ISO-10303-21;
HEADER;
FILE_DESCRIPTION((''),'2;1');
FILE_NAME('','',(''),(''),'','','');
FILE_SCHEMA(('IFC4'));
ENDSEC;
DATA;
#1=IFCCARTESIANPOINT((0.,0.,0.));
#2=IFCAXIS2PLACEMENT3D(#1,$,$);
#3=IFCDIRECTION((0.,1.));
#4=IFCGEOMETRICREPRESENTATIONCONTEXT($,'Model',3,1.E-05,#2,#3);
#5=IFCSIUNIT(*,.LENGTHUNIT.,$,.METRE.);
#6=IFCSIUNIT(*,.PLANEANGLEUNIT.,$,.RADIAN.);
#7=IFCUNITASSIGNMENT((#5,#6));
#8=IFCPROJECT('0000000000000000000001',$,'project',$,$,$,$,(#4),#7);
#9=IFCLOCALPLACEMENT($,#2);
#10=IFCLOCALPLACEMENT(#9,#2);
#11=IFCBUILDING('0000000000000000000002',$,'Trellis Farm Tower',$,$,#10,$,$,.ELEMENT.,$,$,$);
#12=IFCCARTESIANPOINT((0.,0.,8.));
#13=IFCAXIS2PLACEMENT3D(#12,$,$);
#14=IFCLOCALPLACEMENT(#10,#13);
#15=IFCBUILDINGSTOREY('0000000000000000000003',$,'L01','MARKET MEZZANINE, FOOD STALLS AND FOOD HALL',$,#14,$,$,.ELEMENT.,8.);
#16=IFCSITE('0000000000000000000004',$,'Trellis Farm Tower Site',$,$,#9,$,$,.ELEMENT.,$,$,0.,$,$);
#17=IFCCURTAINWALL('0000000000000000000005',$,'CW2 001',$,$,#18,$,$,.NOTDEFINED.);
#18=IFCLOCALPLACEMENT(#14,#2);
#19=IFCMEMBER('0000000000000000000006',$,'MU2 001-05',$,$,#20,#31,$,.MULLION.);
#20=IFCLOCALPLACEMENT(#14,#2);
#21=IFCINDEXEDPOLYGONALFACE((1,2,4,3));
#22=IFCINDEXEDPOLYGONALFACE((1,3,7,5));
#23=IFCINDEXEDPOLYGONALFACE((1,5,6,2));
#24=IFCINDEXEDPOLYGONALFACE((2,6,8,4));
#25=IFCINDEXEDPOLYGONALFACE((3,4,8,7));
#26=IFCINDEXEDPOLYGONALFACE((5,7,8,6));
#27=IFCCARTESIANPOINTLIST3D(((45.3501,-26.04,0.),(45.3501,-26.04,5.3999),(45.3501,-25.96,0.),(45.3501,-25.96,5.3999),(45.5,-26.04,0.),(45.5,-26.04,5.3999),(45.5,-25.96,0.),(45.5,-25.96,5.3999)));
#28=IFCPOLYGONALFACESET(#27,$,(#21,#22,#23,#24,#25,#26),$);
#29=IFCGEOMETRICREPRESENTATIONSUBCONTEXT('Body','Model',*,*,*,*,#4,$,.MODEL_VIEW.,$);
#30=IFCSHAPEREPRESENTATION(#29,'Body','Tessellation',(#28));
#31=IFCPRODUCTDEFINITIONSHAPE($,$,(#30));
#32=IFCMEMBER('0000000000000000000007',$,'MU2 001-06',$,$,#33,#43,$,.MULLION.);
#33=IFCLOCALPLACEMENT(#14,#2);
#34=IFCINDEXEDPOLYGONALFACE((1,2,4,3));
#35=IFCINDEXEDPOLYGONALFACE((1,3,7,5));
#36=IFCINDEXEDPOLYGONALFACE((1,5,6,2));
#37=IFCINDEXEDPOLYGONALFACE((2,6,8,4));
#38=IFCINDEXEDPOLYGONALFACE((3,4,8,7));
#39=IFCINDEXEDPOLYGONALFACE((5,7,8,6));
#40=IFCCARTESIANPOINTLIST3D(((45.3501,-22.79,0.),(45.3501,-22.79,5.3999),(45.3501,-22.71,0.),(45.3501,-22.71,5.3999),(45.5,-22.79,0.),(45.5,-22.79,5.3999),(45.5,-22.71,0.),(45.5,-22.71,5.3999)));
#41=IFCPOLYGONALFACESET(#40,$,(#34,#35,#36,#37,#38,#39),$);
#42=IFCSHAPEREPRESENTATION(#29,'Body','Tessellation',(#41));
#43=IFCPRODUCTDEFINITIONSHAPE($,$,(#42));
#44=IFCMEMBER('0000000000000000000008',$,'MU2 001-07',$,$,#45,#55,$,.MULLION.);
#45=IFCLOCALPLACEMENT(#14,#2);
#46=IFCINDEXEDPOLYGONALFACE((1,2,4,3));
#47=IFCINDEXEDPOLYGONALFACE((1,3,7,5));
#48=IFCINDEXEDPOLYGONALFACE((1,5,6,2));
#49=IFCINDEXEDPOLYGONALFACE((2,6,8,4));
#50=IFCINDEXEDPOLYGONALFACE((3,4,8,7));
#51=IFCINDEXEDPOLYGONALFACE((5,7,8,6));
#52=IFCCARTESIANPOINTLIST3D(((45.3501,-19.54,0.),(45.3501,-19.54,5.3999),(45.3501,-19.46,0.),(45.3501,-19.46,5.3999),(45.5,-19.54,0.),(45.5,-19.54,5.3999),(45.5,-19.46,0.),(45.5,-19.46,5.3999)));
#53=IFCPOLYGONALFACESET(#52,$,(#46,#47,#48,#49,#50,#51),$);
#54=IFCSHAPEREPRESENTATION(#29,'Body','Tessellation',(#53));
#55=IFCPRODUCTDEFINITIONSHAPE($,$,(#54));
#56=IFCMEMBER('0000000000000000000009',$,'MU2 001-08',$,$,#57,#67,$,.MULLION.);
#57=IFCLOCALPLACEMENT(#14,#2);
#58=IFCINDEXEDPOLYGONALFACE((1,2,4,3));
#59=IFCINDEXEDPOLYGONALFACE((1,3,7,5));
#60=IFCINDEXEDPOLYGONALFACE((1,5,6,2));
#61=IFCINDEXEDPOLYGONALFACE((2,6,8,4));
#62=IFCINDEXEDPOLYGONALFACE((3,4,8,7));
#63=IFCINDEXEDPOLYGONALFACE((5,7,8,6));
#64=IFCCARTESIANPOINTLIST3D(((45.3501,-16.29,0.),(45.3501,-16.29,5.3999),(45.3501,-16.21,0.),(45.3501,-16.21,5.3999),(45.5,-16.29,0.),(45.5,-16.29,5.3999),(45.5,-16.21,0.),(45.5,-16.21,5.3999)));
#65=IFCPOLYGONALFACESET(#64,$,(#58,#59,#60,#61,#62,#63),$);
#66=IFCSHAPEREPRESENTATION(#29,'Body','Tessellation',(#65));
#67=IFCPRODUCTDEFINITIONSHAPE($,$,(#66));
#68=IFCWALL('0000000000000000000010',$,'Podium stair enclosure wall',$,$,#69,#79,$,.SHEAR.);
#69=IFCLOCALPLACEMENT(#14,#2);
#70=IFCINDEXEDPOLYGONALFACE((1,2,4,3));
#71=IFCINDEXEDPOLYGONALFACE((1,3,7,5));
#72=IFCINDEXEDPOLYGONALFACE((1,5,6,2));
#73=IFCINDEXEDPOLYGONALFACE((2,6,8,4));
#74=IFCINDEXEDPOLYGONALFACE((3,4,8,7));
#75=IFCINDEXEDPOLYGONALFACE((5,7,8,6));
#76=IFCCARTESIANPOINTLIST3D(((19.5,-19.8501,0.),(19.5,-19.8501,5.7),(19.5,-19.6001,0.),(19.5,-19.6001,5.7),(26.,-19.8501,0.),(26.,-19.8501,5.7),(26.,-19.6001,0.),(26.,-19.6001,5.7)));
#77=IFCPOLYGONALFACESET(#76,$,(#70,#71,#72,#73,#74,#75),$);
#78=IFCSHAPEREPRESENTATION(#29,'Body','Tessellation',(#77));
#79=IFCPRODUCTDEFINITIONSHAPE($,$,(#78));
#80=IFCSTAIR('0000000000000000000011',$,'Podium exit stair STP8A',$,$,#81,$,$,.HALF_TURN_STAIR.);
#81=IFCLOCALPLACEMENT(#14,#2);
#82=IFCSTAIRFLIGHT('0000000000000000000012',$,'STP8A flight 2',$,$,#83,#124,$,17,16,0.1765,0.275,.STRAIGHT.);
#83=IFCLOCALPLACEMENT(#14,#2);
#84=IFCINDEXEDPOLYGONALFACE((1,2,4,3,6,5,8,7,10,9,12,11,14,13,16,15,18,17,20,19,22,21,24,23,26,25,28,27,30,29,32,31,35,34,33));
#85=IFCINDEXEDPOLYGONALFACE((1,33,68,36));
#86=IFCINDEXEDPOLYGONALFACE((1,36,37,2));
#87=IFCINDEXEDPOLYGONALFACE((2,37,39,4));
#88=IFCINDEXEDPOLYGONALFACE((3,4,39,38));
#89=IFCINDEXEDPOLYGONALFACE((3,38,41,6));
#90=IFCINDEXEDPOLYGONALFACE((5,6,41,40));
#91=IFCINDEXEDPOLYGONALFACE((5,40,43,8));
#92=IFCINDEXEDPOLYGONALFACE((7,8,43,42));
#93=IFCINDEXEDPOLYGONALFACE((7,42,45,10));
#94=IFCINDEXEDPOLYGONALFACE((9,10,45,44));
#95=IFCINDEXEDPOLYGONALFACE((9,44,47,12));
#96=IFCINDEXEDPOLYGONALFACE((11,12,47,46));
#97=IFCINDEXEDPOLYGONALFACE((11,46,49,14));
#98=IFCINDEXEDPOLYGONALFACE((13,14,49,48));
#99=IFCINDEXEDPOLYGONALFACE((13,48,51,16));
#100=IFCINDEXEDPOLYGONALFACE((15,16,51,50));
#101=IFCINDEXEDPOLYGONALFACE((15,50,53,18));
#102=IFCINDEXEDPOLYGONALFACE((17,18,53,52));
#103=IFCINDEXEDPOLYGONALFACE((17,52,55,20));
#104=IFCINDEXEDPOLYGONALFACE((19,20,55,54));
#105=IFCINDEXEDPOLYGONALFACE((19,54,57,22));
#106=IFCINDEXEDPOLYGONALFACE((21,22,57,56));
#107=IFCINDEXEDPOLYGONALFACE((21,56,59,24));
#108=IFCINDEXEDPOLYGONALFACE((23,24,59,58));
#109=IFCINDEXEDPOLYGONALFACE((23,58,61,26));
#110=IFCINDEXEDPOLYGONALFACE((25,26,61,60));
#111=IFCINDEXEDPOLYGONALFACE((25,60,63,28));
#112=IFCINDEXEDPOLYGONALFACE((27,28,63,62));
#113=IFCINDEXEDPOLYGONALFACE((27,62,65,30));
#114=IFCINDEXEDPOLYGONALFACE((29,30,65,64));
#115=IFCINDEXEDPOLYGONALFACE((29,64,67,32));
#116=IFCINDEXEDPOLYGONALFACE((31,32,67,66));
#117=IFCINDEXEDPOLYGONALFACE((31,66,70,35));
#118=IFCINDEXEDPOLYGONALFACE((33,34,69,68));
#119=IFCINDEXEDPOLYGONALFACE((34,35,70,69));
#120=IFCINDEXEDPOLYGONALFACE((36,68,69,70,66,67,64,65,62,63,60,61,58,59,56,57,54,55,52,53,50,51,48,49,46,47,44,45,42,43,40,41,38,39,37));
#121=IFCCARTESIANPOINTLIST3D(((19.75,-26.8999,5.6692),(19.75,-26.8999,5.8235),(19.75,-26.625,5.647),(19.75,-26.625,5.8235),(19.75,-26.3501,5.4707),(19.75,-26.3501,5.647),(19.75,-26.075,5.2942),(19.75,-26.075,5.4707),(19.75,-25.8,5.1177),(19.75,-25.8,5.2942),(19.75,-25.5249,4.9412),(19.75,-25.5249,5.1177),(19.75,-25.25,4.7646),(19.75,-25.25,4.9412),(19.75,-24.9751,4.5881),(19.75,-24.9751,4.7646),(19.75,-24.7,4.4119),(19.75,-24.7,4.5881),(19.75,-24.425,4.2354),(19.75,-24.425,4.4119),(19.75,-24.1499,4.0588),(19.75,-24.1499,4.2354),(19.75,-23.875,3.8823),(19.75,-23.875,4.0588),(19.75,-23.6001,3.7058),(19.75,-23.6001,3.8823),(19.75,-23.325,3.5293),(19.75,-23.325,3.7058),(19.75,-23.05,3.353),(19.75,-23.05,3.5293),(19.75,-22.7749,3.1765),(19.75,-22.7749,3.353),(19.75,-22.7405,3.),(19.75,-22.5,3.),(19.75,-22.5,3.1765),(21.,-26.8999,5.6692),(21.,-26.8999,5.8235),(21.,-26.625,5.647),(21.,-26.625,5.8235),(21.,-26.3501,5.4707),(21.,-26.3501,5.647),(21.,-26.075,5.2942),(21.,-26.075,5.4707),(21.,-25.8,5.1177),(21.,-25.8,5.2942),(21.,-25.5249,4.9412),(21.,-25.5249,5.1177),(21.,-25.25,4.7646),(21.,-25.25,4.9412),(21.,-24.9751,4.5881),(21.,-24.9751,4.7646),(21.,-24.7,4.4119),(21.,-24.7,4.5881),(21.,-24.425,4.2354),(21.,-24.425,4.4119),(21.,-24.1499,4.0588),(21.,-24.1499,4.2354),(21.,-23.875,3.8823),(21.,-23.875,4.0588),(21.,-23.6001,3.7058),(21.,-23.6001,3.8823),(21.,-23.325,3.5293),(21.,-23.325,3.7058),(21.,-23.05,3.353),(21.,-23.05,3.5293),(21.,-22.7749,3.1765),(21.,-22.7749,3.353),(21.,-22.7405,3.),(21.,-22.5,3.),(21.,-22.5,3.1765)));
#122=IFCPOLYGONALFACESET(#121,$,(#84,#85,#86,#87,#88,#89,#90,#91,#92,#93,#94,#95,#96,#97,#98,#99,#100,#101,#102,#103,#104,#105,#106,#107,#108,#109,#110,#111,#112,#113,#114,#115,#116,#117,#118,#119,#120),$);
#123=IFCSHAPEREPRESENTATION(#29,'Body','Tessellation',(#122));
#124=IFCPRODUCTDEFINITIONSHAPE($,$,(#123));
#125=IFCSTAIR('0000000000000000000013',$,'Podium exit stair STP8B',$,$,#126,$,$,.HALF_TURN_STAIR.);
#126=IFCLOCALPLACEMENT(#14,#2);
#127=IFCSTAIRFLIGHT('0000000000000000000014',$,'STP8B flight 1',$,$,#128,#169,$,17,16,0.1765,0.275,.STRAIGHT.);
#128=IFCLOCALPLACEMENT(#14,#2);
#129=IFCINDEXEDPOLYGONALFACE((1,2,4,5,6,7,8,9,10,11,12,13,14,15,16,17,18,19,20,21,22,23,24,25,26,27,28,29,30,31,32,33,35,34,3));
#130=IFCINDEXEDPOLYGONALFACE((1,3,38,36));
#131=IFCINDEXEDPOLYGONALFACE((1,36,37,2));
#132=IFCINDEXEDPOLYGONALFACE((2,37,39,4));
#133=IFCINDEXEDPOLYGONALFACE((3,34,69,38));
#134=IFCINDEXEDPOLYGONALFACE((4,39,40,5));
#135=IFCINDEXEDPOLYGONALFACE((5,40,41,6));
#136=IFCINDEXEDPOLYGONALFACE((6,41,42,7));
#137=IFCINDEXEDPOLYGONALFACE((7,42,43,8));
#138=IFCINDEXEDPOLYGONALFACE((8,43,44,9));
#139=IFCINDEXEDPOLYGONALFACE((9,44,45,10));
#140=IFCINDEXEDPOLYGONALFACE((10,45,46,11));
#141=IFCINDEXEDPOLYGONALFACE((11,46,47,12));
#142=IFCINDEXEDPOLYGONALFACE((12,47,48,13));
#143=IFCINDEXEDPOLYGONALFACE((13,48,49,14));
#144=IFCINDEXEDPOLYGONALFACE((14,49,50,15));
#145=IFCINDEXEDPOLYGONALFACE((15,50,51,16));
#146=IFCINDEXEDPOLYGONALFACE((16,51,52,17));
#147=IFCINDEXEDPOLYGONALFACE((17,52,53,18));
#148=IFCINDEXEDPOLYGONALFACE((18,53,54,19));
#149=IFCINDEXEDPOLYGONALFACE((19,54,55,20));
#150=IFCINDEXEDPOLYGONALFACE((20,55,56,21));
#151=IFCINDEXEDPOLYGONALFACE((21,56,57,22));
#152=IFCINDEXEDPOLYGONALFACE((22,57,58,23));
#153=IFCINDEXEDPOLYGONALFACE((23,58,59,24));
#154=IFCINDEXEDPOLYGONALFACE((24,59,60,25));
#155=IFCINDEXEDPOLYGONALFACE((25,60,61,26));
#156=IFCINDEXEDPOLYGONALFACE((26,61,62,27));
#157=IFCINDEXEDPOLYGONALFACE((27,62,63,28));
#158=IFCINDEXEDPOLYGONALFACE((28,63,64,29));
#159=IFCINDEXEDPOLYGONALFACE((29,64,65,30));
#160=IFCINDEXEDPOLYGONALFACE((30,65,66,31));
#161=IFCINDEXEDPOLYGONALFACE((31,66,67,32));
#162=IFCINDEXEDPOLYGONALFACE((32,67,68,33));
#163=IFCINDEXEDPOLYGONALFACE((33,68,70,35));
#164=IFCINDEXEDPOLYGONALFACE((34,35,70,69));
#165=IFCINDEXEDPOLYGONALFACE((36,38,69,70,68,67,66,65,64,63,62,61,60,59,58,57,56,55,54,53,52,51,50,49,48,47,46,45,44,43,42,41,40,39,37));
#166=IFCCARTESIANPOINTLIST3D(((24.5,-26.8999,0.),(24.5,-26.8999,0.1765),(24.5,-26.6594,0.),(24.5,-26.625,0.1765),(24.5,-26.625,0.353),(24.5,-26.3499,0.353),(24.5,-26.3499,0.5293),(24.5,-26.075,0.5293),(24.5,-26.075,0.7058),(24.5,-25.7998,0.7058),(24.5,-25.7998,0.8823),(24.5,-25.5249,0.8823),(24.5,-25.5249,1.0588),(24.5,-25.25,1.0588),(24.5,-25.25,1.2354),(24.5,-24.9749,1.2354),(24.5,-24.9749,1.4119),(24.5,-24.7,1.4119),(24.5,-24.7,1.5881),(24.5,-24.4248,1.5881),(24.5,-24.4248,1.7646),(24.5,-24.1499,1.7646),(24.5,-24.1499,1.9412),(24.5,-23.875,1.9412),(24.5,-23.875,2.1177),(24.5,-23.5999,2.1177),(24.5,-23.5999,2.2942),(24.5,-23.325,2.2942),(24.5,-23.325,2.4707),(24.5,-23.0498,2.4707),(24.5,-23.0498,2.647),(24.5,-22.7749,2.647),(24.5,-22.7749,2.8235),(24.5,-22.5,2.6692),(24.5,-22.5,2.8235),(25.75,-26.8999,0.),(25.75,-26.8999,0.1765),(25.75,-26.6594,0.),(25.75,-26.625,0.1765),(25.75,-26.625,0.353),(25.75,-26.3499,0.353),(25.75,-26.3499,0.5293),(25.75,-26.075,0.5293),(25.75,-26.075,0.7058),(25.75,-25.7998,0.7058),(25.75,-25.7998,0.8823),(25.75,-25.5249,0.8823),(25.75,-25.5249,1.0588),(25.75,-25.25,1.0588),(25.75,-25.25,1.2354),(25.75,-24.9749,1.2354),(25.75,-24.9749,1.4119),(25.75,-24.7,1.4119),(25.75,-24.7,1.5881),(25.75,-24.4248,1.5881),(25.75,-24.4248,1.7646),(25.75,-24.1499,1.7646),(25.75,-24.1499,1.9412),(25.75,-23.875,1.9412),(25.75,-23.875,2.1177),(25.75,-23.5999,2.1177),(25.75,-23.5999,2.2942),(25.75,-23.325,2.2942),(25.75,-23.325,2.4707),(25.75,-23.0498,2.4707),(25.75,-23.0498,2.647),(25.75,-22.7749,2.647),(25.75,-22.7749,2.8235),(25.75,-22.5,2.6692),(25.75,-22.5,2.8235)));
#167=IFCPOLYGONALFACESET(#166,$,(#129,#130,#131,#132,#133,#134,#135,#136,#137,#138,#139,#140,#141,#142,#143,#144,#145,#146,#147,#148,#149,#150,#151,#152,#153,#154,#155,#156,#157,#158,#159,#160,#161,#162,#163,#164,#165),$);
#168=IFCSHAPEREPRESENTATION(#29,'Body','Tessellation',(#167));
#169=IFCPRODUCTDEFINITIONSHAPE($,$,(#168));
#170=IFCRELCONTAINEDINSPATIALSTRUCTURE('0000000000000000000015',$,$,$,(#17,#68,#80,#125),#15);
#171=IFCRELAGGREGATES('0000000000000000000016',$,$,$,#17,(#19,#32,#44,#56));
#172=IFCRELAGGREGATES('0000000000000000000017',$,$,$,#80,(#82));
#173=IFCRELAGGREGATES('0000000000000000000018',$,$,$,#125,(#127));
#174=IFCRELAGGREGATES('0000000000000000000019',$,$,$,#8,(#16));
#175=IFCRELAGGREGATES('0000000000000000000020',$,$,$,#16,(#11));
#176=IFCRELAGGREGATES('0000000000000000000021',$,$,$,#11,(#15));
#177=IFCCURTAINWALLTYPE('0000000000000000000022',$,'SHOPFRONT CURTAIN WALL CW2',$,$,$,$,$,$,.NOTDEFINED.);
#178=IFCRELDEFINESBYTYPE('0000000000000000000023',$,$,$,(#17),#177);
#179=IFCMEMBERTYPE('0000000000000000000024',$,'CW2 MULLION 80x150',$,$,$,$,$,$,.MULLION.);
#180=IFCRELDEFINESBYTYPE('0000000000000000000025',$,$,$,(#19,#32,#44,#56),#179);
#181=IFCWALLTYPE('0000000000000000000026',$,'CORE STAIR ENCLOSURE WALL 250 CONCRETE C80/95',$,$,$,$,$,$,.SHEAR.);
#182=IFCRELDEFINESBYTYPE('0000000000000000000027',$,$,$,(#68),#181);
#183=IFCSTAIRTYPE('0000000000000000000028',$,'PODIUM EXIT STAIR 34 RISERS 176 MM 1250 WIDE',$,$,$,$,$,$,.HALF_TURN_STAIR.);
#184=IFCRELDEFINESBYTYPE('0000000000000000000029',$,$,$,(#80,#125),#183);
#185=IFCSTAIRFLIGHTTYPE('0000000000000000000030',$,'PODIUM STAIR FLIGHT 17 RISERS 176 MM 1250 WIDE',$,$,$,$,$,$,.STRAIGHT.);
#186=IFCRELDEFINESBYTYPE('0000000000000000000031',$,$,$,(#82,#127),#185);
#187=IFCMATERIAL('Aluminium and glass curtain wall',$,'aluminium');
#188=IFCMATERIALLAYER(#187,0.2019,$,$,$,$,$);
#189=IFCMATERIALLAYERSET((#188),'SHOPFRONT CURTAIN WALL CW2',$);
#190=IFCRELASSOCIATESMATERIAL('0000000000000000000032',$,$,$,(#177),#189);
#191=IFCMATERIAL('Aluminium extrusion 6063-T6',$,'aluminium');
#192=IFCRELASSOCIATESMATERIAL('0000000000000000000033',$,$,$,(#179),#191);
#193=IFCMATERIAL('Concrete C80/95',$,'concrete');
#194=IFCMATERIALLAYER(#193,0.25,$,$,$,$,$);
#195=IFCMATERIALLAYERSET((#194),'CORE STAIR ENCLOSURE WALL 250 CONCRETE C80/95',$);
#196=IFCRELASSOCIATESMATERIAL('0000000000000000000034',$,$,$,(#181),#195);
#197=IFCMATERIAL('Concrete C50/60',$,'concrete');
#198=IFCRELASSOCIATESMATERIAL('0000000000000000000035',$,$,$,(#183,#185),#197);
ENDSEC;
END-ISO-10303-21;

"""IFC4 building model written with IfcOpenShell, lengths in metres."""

from ifc_helpers import new_model, si_unit, direction, frame, frame_2d, origin, origin_2d, place, context, subcontext, project, spatial, polyline, rectangle, outline, extrude, source, transform, mapped, material, layer, layer_set, material_profile, profile_set, type_object, element, aggregate, save


model = new_model("IFC4")

# Units and contexts
model_context = context("Model", 3, precision=1e-05, world=origin(), true_north=direction((0.0, 1.0)))
body_context = subcontext(model_context, "Body", "Model", "MODEL_VIEW")
ifc_project = project(units=[si_unit("LENGTHUNIT", "METRE"), si_unit("PLANEANGLEUNIT", "RADIAN")], contexts=[model_context])

# Site, building, storey
site_placement = place(None, origin())
site = spatial("IfcSite", under=ifc_project, at=site_placement, Name="Trellis Farm Tower Site", CompositionType="ELEMENT", RefElevation=0.0)
building_placement = place(site_placement, origin())
building = spatial("IfcBuilding", under=site, at=building_placement, Name="Trellis Farm Tower", CompositionType="ELEMENT")
storey_placement = place(building_placement, frame((0.0, 0.0, 8.0)))
storey = spatial("IfcBuildingStorey", under=building, at=storey_placement, Name="L01", Description="MARKET MEZZANINE, FOOD STALLS AND FOOD HALL", CompositionType="ELEMENT", Elevation=8.0)

# Curtain wall, members
ifc_material_1 = material(Name="Aluminium and glass curtain wall", Category="aluminium")
ifc_layer_1 = layer(ifc_material_1, 0.2019)
ifc_layer_set_1 = layer_set([ifc_layer_1], Name="SHOPFRONT CURTAIN WALL CW2")
curtain_wall_type = type_object("IfcCurtainWallType", Name="SHOPFRONT CURTAIN WALL CW2", PredefinedType="NOTDEFINED", material=ifc_layer_set_1)
placement = place(storey_placement, origin())
curtain_wall = element("IfcCurtainWall", 1, at=placement, inside=storey, type_object=curtain_wall_type, Name="CW2 001", PredefinedType="NOTDEFINED")
ifc_material_2 = material(Name="Aluminium extrusion 6063-T6", Category="aluminium")
ifc_material_profile_1 = material_profile(ifc_material_2, rectangle(XDim=0.0801, YDim=0.1499, at=origin_2d()), Name="MULLION 80x150")
ifc_profile_set_1 = profile_set([ifc_material_profile_1], Name="Aluminium extrusion 6063-T6")
member_type = type_object("IfcMemberType", Name="CW2 MULLION 80x150", PredefinedType="MULLION", material=ifc_profile_set_1)
shared_shape_1 = source(origin(), body_context, "Body", "SweptSolid", [
    extrude(rectangle(XDim=0.0801, YDim=0.1499, at=origin_2d()), origin(), (0.0, 0.0, 1.0), 5.3999),
])
member_1_placement = place(storey_placement, frame((45.425, -26.0, 0.0), z_axis=(0.0, 0.0, 1.0), x_axis=(0.0, 1.0, 0.0)))
member_1 = element("IfcMember", 2, at=member_1_placement, type_object=member_type, Name="MU2 001-05", PredefinedType="MULLION", context=body_context, shape_type="MappedRepresentation", body=[
    mapped(shared_shape_1, transform((0.0, 0.0, 0.0))),
])
member_2_placement = place(storey_placement, frame((45.425, -22.75, 0.0), z_axis=(0.0, 0.0, 1.0), x_axis=(0.0, 1.0, 0.0)))
member_2 = element("IfcMember", 3, at=member_2_placement, type_object=member_type, Name="MU2 001-06", PredefinedType="MULLION", context=body_context, shape_type="MappedRepresentation", body=[
    mapped(shared_shape_1, transform((0.0, 0.0, 0.0))),
])
member_3_placement = place(storey_placement, frame((45.425, -19.5, 0.0), z_axis=(0.0, 0.0, 1.0), x_axis=(0.0, 1.0, 0.0)))
member_3 = element("IfcMember", 4, at=member_3_placement, type_object=member_type, Name="MU2 001-07", PredefinedType="MULLION", context=body_context, shape_type="MappedRepresentation", body=[
    mapped(shared_shape_1, transform((0.0, 0.0, 0.0))),
])
member_4_placement = place(storey_placement, frame((45.425, -16.25, 0.0), z_axis=(0.0, 0.0, 1.0), x_axis=(0.0, 1.0, 0.0)))
member_4 = element("IfcMember", 5, at=member_4_placement, type_object=member_type, Name="MU2 001-08", PredefinedType="MULLION", context=body_context, shape_type="MappedRepresentation", body=[
    mapped(shared_shape_1, transform((0.0, 0.0, 0.0))),
])
aggregate(curtain_wall, [member_1, member_2, member_3, member_4])

# Wall
ifc_material_3 = material(Name="Concrete C80/95", Category="concrete")
ifc_layer_2 = layer(ifc_material_3, 0.25)
ifc_layer_set_2 = layer_set([ifc_layer_2], Name="CORE STAIR ENCLOSURE WALL 250 CONCRETE C80/95")
wall_type = type_object("IfcWallType", Name="CORE STAIR ENCLOSURE WALL 250 CONCRETE C80/95", PredefinedType="SHEAR", material=ifc_layer_set_2)
shared_shape_2 = source(origin(), body_context, "Body", "SweptSolid", [
    extrude(rectangle(XDim=6.5, YDim=0.25, at=frame_2d((3.25, 0.0))), origin(), (0.0, 0.0, 1.0), 5.7),
])
wall_placement = place(storey_placement, frame((19.5, -19.7251, 0.0), z_axis=(0.0, 0.0, 1.0), x_axis=(1.0, 0.0, 0.0)))
element("IfcWall", 6, at=wall_placement, inside=storey, type_object=wall_type, Name="Podium stair enclosure wall", PredefinedType="SHEAR", context=body_context, shape_type="MappedRepresentation", body=[
    mapped(shared_shape_2, transform((0.0, 0.0, 0.0))),
])

# Stair, stair flight
ifc_material_4 = material(Name="Concrete C50/60", Category="concrete")
stair_type = type_object("IfcStairType", Name="PODIUM EXIT STAIR 34 RISERS 176 MM 1250 WIDE", PredefinedType="HALF_TURN_STAIR", material=ifc_material_4)
stair_1 = element("IfcStair", 7, at=placement, inside=storey, type_object=stair_type, Name="Podium exit stair STP8A", PredefinedType="HALF_TURN_STAIR")
stair_flight_type = type_object("IfcStairFlightType", Name="PODIUM STAIR FLIGHT 17 RISERS 176 MM 1250 WIDE", PredefinedType="STRAIGHT", material=ifc_material_4)
shared_shape_3 = source(origin(), body_context, "Body", "SweptSolid", [
    extrude(outline(polyline([(0.0, 0.0), (0.0, 0.1765), (0.2749, 0.1765), (0.2749, 0.353), (0.55, 0.353), (0.55, 0.5293), (0.825, 0.5293), (0.825, 0.7058), (1.1001, 0.7058), (1.1001, 0.8823), (1.375, 0.8823), (1.375, 1.0588), (1.6499, 1.0588), (1.6499, 1.2354), (1.925, 1.2354), (1.925, 1.4119), (2.2, 1.4119), (2.2, 1.5881), (2.4751, 1.5881), (2.4751, 1.7646), (2.75, 1.7646), (2.75, 1.9412), (3.0249, 1.9412), (3.0249, 2.1177), (3.3, 2.1177), (3.3, 2.2942), (3.575, 2.2942), (3.575, 2.4707), (3.8501, 2.4707), (3.8501, 2.647), (4.125, 2.647), (4.125, 2.8235), (4.3999, 2.8235), (4.3999, 3.0), (4.3999, 2.6692), (0.2405, 0.0), (0.0, 0.0)])), frame((0.0, 0.625, 0.0), z_axis=(0.0, -1.0, 0.0), x_axis=(1.0, 0.0, 0.0)), (0.0, 0.0, 1.0), 1.25),
])
stair_flight_1_placement = place(storey_placement, frame((20.375, -22.5, 3.0), z_axis=(0.0, 0.0, 1.0), x_axis=(0.0, -1.0, 0.0)))
stair_flight_1 = element("IfcStairFlight", 8, at=stair_flight_1_placement, type_object=stair_flight_type, Name="STP8A flight 2", NumberOfRisers=17, NumberOfTreads=16, PredefinedType="STRAIGHT", RiserHeight=0.1765, TreadLength=0.275, context=body_context, shape_type="MappedRepresentation", body=[
    mapped(shared_shape_3, transform((0.0, 0.0, 0.0))),
])
aggregate(stair_1, [stair_flight_1])

# Stair, stair flight
stair_2 = element("IfcStair", 9, at=placement, inside=storey, type_object=stair_type, Name="Podium exit stair STP8B", PredefinedType="HALF_TURN_STAIR")
stair_flight_2_placement = place(storey_placement, frame((25.125, -26.8999, 0.0), z_axis=(0.0, 0.0, 1.0), x_axis=(0.0, 1.0, 0.0)))
stair_flight_2 = element("IfcStairFlight", 10, at=stair_flight_2_placement, type_object=stair_flight_type, Name="STP8B flight 1", NumberOfRisers=17, NumberOfTreads=16, PredefinedType="STRAIGHT", RiserHeight=0.1765, TreadLength=0.275, context=body_context, shape_type="MappedRepresentation", body=[
    mapped(shared_shape_3, transform((0.0, 0.0, 0.0))),
])
aggregate(stair_2, [stair_flight_2])

save(model, "model.ifc")
